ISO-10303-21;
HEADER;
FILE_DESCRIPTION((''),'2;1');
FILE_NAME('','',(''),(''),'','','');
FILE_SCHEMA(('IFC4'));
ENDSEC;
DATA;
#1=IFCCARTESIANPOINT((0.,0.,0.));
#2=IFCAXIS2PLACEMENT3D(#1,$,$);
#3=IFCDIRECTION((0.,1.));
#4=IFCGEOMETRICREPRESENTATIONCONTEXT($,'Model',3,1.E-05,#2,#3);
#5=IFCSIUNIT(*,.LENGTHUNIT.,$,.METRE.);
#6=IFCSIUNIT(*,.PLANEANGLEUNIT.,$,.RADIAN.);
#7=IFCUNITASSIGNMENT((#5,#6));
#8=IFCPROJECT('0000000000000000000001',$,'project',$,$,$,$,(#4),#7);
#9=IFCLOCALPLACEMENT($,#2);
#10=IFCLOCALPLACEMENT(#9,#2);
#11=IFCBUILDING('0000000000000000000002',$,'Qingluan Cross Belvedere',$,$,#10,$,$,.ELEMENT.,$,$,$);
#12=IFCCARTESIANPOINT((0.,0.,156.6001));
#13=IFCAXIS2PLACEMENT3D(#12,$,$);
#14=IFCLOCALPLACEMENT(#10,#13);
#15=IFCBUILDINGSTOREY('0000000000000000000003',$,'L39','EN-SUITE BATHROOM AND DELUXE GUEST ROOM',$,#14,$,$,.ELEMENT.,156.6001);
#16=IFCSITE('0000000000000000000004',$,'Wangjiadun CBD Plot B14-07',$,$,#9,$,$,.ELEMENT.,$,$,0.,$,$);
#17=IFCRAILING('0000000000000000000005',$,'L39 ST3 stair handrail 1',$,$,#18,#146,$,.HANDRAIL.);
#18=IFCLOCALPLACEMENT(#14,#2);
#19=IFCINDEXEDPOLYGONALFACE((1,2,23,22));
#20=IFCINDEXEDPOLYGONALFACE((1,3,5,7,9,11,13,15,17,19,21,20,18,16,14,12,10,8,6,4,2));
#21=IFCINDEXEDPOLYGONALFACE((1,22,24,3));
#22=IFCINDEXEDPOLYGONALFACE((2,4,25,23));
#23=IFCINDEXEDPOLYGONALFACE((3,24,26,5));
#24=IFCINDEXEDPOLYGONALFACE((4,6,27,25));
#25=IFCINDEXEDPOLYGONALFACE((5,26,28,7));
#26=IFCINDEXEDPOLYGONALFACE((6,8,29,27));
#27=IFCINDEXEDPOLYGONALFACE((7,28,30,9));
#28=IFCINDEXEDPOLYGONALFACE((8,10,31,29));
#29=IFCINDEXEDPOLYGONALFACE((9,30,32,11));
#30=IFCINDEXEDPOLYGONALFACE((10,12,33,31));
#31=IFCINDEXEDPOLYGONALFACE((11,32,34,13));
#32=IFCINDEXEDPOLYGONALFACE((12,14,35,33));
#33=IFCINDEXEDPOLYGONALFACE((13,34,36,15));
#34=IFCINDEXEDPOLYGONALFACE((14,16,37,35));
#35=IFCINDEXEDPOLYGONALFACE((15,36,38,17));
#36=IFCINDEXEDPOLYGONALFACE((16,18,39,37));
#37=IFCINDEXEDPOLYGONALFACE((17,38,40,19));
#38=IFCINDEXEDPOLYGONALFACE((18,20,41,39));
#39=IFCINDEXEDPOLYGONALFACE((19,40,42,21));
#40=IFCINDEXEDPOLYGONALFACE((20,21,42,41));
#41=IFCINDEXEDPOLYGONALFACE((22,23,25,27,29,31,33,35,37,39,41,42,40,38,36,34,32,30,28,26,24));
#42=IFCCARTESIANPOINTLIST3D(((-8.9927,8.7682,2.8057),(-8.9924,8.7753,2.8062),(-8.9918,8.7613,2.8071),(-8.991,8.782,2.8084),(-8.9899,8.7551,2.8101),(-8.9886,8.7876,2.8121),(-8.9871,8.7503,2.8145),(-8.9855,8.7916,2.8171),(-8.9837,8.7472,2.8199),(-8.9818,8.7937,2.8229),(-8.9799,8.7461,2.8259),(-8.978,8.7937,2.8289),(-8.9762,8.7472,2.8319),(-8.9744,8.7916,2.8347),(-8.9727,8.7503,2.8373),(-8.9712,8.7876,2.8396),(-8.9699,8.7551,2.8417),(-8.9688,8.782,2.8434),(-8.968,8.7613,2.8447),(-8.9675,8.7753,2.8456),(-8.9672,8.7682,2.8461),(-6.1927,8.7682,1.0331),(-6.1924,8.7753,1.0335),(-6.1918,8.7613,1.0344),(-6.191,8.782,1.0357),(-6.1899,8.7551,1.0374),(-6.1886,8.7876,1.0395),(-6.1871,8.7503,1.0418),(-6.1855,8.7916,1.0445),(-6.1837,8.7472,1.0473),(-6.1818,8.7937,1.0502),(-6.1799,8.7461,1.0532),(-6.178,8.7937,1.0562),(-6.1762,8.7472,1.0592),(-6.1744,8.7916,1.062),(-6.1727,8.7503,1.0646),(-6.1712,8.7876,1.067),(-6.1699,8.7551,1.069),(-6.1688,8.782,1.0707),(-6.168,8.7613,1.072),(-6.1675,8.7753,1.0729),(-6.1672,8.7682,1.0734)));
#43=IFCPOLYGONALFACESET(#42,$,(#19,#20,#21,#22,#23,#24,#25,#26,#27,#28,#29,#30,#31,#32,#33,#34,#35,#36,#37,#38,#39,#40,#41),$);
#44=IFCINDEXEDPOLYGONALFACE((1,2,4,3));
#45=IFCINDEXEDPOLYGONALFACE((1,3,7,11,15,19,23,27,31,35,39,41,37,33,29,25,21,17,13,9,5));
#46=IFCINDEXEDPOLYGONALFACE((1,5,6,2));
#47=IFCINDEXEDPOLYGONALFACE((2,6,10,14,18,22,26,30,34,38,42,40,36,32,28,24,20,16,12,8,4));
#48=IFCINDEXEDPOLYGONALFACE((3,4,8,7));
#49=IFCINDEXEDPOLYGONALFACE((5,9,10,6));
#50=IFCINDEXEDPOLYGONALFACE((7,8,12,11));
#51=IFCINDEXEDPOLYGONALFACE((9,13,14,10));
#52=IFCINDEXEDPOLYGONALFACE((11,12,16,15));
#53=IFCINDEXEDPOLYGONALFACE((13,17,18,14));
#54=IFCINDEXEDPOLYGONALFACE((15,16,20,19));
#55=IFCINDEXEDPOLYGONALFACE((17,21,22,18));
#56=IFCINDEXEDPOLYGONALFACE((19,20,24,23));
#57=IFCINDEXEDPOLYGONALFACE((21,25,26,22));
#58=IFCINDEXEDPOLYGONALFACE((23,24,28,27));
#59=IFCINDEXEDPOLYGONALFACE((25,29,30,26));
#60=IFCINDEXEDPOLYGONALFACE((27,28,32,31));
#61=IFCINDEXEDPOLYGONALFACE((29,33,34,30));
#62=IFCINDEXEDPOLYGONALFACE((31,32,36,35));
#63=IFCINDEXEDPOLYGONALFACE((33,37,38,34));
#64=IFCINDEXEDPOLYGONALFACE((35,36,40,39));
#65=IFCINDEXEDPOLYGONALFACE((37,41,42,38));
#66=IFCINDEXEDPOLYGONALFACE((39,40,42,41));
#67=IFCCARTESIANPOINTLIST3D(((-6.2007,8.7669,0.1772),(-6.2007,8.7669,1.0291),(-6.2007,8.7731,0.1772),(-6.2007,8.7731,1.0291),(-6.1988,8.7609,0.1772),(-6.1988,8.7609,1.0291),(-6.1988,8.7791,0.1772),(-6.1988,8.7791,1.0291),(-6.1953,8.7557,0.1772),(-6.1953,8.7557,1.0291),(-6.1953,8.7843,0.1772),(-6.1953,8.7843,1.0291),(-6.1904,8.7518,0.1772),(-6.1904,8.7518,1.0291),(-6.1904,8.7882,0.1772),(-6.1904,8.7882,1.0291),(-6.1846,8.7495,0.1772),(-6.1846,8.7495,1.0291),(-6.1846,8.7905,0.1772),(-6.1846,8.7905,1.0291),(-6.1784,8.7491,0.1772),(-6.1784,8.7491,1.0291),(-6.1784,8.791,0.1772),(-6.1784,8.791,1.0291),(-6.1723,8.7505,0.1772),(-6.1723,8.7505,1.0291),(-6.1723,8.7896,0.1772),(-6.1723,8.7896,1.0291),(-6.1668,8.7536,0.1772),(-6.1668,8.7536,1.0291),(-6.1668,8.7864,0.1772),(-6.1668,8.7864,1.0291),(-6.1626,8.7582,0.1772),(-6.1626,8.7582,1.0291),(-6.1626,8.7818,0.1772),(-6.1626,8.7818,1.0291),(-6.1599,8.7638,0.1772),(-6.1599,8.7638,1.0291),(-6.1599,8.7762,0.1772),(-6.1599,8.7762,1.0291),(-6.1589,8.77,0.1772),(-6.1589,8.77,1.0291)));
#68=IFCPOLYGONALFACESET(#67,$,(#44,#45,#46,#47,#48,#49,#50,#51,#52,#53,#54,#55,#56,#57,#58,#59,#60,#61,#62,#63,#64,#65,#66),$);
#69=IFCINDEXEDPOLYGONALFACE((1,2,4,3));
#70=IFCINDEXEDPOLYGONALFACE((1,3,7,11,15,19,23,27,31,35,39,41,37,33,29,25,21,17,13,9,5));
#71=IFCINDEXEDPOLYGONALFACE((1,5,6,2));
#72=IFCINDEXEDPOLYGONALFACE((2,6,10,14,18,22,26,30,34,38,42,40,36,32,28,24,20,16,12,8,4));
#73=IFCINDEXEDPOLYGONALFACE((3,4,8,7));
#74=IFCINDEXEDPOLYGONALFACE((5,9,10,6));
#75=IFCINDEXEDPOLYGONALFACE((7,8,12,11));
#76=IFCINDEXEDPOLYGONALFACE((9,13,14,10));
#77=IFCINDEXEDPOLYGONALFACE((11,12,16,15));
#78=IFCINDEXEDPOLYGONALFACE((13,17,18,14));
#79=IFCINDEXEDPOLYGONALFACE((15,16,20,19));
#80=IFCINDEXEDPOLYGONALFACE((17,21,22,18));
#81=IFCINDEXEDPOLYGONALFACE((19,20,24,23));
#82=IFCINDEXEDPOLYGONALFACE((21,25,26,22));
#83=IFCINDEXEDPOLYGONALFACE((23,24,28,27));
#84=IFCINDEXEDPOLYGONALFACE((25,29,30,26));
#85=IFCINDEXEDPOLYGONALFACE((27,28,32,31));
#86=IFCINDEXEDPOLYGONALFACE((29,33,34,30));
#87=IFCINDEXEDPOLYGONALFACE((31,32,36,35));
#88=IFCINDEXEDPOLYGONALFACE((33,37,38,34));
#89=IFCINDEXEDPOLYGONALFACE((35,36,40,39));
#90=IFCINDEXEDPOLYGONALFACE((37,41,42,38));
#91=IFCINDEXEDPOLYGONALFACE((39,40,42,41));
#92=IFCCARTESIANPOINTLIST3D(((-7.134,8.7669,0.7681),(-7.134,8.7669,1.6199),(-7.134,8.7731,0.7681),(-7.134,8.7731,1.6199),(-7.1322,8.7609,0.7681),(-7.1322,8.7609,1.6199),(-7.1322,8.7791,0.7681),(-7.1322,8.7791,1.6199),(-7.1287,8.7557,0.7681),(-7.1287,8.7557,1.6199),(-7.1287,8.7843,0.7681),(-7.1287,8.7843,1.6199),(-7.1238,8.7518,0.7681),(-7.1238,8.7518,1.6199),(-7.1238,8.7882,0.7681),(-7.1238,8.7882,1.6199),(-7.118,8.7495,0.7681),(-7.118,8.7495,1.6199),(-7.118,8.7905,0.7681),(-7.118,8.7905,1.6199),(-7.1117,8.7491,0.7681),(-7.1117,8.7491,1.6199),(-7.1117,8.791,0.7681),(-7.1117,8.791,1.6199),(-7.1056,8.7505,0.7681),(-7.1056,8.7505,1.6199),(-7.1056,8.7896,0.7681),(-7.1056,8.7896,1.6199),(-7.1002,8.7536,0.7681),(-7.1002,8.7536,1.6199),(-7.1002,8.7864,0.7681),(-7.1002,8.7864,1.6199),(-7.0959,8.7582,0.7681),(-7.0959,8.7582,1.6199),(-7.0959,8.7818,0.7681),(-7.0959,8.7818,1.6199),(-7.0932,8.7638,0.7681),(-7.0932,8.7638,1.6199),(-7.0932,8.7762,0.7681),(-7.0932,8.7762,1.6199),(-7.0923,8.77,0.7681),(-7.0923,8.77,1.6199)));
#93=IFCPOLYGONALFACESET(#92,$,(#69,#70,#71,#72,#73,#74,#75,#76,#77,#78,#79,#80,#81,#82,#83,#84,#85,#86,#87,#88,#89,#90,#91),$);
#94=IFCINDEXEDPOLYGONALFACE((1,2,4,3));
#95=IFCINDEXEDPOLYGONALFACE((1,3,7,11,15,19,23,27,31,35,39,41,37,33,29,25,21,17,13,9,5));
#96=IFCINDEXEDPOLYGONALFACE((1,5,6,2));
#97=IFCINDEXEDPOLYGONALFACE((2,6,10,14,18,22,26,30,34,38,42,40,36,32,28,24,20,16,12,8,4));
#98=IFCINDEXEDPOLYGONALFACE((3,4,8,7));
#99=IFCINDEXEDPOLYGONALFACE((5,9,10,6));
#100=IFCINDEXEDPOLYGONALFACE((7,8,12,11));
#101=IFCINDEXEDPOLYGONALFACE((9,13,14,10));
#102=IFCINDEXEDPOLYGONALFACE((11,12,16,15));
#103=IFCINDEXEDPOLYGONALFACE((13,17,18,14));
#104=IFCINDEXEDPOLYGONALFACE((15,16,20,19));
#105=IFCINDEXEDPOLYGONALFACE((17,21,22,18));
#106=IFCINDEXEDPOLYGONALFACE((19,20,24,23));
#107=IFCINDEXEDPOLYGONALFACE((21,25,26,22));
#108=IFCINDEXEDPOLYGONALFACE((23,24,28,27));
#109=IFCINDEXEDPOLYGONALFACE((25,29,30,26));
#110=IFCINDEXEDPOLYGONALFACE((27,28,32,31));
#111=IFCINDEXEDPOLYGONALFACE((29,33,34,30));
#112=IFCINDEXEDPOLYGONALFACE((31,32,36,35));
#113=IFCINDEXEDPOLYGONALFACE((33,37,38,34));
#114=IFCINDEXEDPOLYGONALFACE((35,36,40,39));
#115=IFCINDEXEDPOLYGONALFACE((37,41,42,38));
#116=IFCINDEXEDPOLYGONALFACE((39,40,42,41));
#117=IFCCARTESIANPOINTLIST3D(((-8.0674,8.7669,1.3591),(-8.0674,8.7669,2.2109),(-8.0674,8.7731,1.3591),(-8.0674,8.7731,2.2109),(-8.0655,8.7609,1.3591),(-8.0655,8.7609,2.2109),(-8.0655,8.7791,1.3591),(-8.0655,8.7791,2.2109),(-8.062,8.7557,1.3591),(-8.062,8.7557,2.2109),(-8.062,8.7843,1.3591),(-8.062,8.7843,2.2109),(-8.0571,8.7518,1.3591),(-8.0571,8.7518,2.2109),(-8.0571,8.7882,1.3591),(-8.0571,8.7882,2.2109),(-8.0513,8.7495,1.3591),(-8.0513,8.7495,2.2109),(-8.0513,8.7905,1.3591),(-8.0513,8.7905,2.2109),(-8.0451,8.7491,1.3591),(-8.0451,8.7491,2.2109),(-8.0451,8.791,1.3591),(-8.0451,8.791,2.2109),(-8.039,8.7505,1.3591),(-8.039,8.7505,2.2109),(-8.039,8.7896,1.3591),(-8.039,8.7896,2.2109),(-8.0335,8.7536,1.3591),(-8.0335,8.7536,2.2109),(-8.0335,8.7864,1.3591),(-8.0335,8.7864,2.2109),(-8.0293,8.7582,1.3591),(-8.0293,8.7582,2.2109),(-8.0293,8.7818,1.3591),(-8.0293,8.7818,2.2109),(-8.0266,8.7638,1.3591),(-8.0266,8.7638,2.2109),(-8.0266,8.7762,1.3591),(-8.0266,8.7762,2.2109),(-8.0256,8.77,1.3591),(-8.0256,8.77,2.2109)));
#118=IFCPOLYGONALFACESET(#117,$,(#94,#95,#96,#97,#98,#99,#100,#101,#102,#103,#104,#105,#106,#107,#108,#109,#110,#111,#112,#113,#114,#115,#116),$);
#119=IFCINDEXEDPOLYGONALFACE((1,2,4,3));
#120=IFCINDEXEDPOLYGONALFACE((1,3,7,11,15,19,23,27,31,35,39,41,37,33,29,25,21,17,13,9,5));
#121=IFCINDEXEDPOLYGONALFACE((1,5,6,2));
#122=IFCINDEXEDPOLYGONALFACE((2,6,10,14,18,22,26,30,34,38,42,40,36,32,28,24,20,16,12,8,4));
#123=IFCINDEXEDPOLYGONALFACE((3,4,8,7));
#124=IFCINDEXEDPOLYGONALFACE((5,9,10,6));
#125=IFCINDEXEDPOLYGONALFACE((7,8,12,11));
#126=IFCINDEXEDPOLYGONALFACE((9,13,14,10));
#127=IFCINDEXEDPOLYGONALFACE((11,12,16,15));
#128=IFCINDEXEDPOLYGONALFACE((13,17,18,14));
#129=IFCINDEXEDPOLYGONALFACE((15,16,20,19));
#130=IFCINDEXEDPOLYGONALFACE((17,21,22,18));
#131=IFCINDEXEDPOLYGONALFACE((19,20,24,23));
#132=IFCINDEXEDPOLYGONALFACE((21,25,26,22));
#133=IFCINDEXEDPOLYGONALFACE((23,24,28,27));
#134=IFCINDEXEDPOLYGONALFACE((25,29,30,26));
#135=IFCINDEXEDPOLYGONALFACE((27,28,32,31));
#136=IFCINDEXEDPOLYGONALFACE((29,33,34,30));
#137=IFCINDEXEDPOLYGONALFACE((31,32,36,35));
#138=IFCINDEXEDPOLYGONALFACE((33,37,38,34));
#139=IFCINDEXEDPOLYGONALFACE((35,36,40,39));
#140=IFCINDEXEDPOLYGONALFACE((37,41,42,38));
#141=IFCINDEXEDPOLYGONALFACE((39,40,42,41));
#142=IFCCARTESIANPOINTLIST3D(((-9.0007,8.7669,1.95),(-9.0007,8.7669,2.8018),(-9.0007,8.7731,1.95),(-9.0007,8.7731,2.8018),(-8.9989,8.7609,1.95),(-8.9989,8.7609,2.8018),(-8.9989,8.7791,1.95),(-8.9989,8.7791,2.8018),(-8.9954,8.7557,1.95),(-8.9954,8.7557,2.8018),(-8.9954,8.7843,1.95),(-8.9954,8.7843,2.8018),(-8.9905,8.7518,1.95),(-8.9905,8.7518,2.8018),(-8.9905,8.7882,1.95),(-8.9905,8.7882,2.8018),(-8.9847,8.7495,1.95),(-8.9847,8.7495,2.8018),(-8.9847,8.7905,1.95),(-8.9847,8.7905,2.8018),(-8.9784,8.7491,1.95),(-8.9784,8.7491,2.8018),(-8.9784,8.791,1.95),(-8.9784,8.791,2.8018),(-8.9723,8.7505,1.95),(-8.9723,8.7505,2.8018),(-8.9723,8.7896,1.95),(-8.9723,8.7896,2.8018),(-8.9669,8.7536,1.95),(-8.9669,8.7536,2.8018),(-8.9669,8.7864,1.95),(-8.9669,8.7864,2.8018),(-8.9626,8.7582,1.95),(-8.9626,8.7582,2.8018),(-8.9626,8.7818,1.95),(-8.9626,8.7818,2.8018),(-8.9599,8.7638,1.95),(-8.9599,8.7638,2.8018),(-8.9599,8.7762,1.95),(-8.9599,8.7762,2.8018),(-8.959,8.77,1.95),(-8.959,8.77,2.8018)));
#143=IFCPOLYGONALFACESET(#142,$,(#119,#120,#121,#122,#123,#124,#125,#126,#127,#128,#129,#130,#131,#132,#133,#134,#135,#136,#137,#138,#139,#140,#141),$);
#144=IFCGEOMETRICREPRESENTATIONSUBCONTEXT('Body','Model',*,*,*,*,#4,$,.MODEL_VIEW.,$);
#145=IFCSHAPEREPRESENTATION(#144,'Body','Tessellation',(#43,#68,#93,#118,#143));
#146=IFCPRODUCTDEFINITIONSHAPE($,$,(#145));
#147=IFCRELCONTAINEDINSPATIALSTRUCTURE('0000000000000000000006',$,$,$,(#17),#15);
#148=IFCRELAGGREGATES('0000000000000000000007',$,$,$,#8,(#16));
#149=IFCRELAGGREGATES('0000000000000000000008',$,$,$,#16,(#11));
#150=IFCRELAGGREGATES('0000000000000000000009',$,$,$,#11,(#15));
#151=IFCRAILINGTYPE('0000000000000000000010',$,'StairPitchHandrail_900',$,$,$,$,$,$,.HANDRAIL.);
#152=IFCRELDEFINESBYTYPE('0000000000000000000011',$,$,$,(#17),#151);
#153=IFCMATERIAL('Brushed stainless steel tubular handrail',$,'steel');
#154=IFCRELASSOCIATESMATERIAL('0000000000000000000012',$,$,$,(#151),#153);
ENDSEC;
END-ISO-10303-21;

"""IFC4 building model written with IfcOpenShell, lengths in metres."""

from ifc_helpers import new_model, si_unit, direction, frame, origin, origin_2d, place, context, subcontext, project, spatial, circle, extrude, material, type_object, element, save


model = new_model("IFC4")

# Units and contexts
model_context = context("Model", 3, precision=1e-05, world=origin(), true_north=direction((0.0, 1.0)))
body_context = subcontext(model_context, "Body", "Model", "MODEL_VIEW")
ifc_project = project(units=[si_unit("LENGTHUNIT", "METRE"), si_unit("PLANEANGLEUNIT", "RADIAN")], contexts=[model_context])

# Site, building, storey
site_placement = place(None, origin())
site = spatial("IfcSite", under=ifc_project, at=site_placement, Name="Wangjiadun CBD Plot B14-07", CompositionType="ELEMENT", RefElevation=0.0)
building_placement = place(site_placement, origin())
building = spatial("IfcBuilding", under=site, at=building_placement, Name="Qingluan Cross Belvedere", CompositionType="ELEMENT")
storey_placement = place(building_placement, frame((0.0, 0.0, 156.6001)))
storey = spatial("IfcBuildingStorey", under=building, at=storey_placement, Name="L39", Description="EN-SUITE BATHROOM AND DELUXE GUEST ROOM", CompositionType="ELEMENT", Elevation=156.6001)

# Railing
ifc_material_1 = material(Name="Brushed stainless steel tubular handrail", Category="steel")
railing_type = type_object("IfcRailingType", Name="StairPitchHandrail_900", PredefinedType="HANDRAIL", material=ifc_material_1)
railing_placement = place(storey_placement, frame((-6.1799, 8.77, 0.1772)))
element("IfcRailing", 1, at=railing_placement, inside=storey, type_object=railing_type, Name="L39 ST3 stair handrail 1", PredefinedType="HANDRAIL", context=body_context, shape_type="SweptSolid", body=[
    extrude(circle(Radius=0.0239, at=origin_2d()), frame((0.0, 0.0, 0.876), z_axis=(-0.844909, 0.0, 0.53491), x_axis=(0.0, -1.0, 0.0)), (0.0, 0.0, 1.0), 3.314),
    extrude(circle(Radius=0.021, at=origin_2d()), origin(), (0.0, 0.0, 1.0), 0.8518),
    extrude(circle(Radius=0.021, at=origin_2d()), frame((-0.9333, 0.0, 0.5908)), (0.0, 0.0, 1.0), 0.8518),
    extrude(circle(Radius=0.021, at=origin_2d()), frame((-1.8667, 0.0, 1.1819)), (0.0, 0.0, 1.0), 0.8518),
    extrude(circle(Radius=0.021, at=origin_2d()), frame((-2.8, 0.0, 1.7727)), (0.0, 0.0, 1.0), 0.8518),
])

save(model, "model.ifc")
